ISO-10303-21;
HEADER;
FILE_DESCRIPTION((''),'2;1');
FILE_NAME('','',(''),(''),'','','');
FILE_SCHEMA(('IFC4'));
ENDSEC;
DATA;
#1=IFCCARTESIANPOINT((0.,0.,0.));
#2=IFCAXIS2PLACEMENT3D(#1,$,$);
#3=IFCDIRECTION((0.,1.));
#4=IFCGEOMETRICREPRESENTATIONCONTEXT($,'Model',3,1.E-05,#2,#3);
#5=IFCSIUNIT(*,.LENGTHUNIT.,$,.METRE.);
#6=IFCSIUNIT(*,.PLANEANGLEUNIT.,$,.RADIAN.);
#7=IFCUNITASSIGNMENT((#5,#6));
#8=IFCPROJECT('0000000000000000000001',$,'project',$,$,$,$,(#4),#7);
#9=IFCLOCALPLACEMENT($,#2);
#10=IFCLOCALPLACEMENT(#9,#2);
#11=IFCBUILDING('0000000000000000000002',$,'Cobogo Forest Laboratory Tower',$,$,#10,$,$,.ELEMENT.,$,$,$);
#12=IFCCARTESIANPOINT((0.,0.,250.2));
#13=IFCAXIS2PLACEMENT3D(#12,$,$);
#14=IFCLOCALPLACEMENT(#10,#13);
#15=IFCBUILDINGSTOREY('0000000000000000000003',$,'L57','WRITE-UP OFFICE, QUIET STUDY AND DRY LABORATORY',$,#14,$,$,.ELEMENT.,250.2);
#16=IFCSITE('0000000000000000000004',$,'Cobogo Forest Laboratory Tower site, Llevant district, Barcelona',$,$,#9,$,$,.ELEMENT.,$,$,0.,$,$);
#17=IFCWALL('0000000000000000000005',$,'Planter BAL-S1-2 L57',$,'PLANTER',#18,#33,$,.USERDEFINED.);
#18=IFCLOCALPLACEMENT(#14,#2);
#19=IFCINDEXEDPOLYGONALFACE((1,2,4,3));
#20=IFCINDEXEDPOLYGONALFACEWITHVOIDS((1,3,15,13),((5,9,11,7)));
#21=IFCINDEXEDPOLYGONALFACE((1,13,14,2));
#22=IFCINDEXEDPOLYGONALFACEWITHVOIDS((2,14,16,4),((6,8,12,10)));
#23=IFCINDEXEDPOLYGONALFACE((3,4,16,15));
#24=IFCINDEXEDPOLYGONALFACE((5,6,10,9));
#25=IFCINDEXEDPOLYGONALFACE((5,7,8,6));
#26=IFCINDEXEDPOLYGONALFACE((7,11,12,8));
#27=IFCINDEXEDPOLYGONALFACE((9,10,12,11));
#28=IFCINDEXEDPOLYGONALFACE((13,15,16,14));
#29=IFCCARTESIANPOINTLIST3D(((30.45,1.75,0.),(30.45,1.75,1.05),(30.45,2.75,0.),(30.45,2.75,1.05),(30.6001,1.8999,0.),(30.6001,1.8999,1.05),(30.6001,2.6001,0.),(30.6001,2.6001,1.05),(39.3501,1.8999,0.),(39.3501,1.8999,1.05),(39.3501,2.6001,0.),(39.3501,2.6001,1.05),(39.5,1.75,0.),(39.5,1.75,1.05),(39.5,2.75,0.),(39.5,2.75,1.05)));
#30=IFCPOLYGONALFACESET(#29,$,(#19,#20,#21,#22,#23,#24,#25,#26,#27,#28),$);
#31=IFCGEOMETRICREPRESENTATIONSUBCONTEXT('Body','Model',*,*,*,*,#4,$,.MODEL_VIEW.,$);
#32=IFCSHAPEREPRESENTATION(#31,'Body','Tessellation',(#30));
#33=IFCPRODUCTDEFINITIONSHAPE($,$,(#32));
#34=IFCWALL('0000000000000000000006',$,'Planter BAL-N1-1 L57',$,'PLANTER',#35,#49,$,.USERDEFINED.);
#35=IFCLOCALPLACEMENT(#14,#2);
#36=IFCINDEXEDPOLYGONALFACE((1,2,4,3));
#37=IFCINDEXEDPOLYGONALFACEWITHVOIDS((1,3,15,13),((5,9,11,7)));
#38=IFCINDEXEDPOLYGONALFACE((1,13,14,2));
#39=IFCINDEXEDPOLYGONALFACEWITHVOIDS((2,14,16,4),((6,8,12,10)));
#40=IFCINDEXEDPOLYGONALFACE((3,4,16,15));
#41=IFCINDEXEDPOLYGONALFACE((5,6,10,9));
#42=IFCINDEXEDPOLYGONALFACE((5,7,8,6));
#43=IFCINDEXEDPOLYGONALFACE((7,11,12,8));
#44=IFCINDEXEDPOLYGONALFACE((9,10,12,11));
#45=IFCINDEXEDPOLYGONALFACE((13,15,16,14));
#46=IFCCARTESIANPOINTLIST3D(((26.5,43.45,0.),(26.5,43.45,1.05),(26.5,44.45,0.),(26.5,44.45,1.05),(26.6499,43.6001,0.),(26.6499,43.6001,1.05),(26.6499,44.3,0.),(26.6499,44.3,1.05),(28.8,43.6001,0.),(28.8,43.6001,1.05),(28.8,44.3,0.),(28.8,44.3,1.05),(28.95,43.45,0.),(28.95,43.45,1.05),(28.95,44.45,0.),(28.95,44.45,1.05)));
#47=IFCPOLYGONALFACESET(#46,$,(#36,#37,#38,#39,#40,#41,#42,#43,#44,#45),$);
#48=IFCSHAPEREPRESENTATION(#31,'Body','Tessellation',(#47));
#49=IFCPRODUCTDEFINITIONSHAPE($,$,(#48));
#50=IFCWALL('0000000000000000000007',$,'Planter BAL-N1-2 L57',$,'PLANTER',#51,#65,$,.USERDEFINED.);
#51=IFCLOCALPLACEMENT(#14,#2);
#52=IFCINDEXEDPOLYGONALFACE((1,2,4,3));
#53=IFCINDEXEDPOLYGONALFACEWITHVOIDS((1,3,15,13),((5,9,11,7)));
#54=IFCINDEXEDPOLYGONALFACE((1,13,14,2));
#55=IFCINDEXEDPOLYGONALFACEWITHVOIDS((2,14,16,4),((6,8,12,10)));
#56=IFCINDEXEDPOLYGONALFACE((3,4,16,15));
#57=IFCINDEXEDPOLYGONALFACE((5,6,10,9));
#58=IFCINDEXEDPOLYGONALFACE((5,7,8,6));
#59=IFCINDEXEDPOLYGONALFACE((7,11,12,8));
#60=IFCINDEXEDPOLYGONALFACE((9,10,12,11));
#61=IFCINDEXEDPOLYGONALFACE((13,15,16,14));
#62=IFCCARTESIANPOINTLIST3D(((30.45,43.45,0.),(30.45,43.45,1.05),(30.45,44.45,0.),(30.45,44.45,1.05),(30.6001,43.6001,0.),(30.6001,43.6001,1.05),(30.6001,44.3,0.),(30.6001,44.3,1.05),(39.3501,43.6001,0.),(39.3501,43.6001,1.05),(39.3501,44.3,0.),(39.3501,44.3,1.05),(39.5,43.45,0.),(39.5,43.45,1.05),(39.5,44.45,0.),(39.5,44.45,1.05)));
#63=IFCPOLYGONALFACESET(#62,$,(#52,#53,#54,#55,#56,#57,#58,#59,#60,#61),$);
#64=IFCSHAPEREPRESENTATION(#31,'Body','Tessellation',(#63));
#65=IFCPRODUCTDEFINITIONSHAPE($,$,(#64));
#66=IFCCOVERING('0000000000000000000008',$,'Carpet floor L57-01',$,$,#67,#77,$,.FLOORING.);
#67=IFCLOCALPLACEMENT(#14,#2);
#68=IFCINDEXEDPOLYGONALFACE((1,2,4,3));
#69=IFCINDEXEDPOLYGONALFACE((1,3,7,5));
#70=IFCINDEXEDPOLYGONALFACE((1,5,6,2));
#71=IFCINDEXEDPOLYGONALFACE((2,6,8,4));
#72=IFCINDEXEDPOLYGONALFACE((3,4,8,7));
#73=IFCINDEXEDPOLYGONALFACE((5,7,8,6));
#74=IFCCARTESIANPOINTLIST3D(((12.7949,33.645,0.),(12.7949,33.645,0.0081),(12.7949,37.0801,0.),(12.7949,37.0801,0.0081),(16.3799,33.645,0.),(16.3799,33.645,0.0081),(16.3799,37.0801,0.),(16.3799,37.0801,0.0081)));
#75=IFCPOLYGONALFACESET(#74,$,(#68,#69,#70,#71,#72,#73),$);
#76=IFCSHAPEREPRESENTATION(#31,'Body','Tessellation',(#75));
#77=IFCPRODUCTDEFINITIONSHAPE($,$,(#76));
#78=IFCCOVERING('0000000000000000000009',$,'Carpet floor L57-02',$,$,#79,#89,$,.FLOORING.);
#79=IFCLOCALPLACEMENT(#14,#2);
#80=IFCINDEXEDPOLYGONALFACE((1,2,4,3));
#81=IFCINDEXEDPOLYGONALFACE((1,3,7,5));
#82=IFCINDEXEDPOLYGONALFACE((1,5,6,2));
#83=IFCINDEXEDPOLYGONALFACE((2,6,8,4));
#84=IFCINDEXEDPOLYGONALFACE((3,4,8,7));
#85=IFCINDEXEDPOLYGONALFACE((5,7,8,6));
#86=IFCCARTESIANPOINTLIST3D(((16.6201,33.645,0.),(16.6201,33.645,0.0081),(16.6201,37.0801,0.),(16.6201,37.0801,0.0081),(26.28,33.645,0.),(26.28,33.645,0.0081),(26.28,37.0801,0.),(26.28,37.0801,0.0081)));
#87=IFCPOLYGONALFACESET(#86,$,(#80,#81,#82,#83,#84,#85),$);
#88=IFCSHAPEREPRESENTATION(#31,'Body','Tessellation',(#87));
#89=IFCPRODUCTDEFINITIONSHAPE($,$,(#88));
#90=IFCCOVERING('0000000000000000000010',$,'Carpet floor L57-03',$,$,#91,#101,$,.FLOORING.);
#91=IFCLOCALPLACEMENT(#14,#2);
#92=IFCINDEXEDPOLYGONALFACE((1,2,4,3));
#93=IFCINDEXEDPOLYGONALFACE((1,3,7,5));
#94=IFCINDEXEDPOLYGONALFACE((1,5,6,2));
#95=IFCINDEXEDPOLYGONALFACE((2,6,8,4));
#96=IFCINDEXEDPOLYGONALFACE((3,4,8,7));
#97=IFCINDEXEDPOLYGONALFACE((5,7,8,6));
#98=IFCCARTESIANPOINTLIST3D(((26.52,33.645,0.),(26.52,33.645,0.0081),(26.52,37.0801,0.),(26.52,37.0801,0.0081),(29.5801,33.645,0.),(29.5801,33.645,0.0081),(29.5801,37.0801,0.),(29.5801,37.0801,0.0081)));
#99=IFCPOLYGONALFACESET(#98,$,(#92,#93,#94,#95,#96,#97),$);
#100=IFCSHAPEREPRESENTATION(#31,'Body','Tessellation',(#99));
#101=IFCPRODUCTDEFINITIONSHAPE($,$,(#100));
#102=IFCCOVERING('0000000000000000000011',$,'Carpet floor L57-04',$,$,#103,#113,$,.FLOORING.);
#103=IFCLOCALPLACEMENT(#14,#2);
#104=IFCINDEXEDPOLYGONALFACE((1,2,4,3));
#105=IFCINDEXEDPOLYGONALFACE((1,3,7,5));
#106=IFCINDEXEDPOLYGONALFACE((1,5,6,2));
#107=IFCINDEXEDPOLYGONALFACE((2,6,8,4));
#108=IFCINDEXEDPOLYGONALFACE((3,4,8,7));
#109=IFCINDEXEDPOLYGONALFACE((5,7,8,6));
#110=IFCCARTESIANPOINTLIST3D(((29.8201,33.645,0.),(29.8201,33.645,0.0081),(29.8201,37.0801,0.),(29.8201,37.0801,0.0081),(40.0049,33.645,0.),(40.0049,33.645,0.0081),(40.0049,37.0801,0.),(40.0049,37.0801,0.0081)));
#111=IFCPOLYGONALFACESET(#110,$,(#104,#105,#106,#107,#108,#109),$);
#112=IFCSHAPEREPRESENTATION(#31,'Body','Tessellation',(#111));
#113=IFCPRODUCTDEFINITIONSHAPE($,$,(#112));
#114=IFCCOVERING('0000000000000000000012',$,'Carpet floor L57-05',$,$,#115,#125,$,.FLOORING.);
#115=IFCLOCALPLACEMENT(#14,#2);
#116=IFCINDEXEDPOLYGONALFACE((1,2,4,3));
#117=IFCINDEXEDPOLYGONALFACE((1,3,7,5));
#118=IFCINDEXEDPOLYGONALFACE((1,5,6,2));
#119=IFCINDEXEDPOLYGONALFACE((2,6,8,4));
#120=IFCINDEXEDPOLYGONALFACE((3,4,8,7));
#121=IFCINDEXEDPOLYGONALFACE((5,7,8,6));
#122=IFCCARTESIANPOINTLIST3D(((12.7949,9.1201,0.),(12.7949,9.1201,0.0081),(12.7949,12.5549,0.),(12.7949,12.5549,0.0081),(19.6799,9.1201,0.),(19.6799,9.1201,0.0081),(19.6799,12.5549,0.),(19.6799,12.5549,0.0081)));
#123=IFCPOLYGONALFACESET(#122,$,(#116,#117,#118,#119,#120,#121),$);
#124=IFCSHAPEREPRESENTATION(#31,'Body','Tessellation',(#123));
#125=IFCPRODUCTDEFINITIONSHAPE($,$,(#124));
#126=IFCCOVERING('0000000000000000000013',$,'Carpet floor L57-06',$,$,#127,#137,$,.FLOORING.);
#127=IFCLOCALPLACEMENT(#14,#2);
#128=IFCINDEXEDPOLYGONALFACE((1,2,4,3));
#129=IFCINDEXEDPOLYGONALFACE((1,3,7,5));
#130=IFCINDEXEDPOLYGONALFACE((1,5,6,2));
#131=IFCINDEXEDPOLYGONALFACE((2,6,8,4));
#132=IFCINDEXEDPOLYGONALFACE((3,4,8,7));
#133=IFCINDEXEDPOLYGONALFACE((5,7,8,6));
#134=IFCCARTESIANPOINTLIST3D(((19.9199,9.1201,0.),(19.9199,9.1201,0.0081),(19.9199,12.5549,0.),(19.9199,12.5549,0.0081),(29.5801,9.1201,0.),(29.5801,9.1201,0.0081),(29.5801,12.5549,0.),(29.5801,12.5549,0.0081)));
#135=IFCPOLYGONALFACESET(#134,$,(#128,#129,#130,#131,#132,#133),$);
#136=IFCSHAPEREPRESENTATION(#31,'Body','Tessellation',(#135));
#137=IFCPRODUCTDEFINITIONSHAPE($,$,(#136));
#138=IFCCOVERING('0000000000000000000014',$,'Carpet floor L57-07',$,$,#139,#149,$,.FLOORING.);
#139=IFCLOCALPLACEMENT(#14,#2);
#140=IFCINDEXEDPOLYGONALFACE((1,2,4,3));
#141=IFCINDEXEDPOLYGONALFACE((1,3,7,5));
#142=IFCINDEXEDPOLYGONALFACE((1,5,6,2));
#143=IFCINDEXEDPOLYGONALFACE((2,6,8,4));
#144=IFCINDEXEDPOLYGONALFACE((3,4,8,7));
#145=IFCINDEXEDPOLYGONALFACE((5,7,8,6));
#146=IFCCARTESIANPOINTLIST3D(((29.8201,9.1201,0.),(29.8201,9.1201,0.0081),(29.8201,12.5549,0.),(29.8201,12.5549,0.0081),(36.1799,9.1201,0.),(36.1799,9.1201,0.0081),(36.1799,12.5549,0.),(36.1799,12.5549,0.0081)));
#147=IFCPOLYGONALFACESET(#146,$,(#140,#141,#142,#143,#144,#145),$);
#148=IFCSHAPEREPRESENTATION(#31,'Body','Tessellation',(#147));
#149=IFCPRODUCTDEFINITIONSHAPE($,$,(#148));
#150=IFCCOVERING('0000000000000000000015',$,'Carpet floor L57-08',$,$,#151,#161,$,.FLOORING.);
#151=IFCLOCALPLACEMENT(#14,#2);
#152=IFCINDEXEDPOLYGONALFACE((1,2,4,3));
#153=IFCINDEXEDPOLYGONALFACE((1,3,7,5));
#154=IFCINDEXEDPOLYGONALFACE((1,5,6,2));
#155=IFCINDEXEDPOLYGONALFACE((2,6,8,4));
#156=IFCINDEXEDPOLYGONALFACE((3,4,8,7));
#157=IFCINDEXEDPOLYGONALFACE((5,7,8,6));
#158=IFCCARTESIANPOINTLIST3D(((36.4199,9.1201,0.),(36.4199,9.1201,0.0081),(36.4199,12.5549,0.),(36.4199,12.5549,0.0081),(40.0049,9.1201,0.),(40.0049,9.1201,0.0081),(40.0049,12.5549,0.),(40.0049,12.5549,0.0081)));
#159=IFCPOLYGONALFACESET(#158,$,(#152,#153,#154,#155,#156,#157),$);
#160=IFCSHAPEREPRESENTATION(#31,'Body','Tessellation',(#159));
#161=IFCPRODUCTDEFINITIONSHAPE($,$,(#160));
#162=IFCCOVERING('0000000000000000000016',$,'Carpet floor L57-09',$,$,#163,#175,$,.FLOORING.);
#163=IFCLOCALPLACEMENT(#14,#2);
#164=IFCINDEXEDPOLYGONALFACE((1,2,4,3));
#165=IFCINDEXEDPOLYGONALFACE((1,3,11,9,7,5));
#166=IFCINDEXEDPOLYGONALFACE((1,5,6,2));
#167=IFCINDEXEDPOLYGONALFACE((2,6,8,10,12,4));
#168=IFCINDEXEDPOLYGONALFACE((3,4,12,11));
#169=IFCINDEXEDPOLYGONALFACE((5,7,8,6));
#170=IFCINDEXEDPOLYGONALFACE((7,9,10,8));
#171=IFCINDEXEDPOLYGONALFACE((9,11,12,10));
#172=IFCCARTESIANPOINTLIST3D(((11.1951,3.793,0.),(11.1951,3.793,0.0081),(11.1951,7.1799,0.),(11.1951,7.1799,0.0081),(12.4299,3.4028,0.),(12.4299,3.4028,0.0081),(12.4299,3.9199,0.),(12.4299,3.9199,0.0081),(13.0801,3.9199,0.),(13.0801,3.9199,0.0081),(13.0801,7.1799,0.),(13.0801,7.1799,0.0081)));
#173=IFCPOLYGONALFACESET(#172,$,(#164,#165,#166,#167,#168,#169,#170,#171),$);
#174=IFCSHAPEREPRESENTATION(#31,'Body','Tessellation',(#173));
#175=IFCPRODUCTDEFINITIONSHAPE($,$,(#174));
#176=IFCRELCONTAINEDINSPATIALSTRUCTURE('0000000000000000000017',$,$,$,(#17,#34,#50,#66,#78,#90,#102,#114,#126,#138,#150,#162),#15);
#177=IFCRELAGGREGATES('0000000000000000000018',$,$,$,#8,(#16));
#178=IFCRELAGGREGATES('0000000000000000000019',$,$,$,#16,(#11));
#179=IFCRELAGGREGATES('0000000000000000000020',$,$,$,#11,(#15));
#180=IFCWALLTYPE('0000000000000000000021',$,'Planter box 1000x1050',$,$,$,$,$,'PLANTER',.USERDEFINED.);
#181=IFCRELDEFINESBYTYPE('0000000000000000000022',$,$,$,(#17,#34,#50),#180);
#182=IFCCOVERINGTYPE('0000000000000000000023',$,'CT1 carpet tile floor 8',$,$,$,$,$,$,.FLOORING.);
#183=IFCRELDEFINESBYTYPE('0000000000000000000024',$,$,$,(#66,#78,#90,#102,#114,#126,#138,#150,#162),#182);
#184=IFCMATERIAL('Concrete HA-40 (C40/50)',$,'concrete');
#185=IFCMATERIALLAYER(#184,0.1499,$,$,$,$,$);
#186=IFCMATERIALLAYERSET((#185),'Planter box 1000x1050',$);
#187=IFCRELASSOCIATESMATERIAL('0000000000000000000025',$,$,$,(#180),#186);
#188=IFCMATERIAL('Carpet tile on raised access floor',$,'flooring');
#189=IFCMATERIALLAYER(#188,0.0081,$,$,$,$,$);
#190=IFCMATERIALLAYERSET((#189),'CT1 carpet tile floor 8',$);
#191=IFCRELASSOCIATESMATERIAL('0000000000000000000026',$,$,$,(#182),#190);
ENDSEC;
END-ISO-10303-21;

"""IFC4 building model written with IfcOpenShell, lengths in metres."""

from ifc_helpers import new_model, si_unit, direction, frame, origin, place, context, subcontext, project, spatial, polyline, outline, extrude, material, layer, layer_set, type_object, element, save


model = new_model("IFC4")

# Units and contexts
model_context = context("Model", 3, precision=1e-05, world=origin(), true_north=direction((0.0, 1.0)))
body_context = subcontext(model_context, "Body", "Model", "MODEL_VIEW")
ifc_project = project(units=[si_unit("LENGTHUNIT", "METRE"), si_unit("PLANEANGLEUNIT", "RADIAN")], contexts=[model_context])

# Site, building, storey
site_placement = place(None, origin())
site = spatial("IfcSite", under=ifc_project, at=site_placement, Name="Cobogo Forest Laboratory Tower site, Llevant district, Barcelona", CompositionType="ELEMENT", RefElevation=0.0)
building_placement = place(site_placement, origin())
building = spatial("IfcBuilding", under=site, at=building_placement, Name="Cobogo Forest Laboratory Tower", CompositionType="ELEMENT")
storey_placement = place(building_placement, frame((0.0, 0.0, 250.2)))
storey = spatial("IfcBuildingStorey", under=building, at=storey_placement, Name="L57", Description="WRITE-UP OFFICE, QUIET STUDY AND DRY LABORATORY", CompositionType="ELEMENT", Elevation=250.2)

# Shared definitions
ifc_material_1 = material(Name="Concrete HA-40 (C40/50)", Category="concrete")

# Walls
ifc_layer_1 = layer(ifc_material_1, 0.1499)
ifc_layer_set_1 = layer_set([ifc_layer_1], Name="Planter box 1000x1050")
wall_type = type_object("IfcWallType", Name="Planter box 1000x1050", ElementType="PLANTER", PredefinedType="USERDEFINED", material=ifc_layer_set_1)
wall_1_placement = place(storey_placement, origin())
element("IfcWall", 1, at=wall_1_placement, inside=storey, type_object=wall_type, Name="Planter BAL-S1-2 L57", ObjectType="PLANTER", PredefinedType="USERDEFINED", context=body_context, shape_type="SweptSolid", body=[
    extrude(outline(polyline([(30.45, 1.75), (39.5, 1.75), (39.5, 2.75), (30.45, 2.75), (30.45, 1.75)]), holes=[polyline([(30.6001, 1.8999), (39.3501, 1.8999), (39.3501, 2.6001), (30.6001, 2.6001), (30.6001, 1.8999)])]), origin(), (0.0, 0.0, 1.0), 1.05),
])
wall_2_placement = place(storey_placement, origin())
element("IfcWall", 2, at=wall_2_placement, inside=storey, type_object=wall_type, Name="Planter BAL-N1-1 L57", ObjectType="PLANTER", PredefinedType="USERDEFINED", context=body_context, shape_type="SweptSolid", body=[
    extrude(outline(polyline([(26.5, 43.45), (28.95, 43.45), (28.95, 44.45), (26.5, 44.45), (26.5, 43.45)]), holes=[polyline([(26.6499, 43.6001), (28.8, 43.6001), (28.8, 44.3), (26.6499, 44.3), (26.6499, 43.6001)])]), origin(), (0.0, 0.0, 1.0), 1.05),
])
wall_3_placement = place(storey_placement, origin())
element("IfcWall", 3, at=wall_3_placement, inside=storey, type_object=wall_type, Name="Planter BAL-N1-2 L57", ObjectType="PLANTER", PredefinedType="USERDEFINED", context=body_context, shape_type="SweptSolid", body=[
    extrude(outline(polyline([(30.45, 43.45), (39.5, 43.45), (39.5, 44.45), (30.45, 44.45), (30.45, 43.45)]), holes=[polyline([(30.6001, 43.6001), (39.3501, 43.6001), (39.3501, 44.3), (30.6001, 44.3), (30.6001, 43.6001)])]), origin(), (0.0, 0.0, 1.0), 1.05),
])

# Coverings
ifc_material_2 = material(Name="Carpet tile on raised access floor", Category="flooring")
ifc_layer_2 = layer(ifc_material_2, 0.0081)
ifc_layer_set_2 = layer_set([ifc_layer_2], Name="CT1 carpet tile floor 8")
covering_type_1 = type_object("IfcCoveringType", Name="CT1 carpet tile floor 8", PredefinedType="FLOORING", material=ifc_layer_set_2)
covering_1_placement = place(storey_placement, origin())
element("IfcCovering", 4, at=covering_1_placement, inside=storey, type_object=covering_type_1, Name="Carpet floor L57-01", PredefinedType="FLOORING", context=body_context, shape_type="SweptSolid", body=[
    extrude(outline(polyline([(16.3799, 33.645), (12.7949, 33.645), (12.7949, 37.0801), (16.3799, 37.0801), (16.3799, 33.645)])), origin(), (0.0, 0.0, 1.0), 0.0081),
])
covering_2_placement = place(storey_placement, origin())
element("IfcCovering", 5, at=covering_2_placement, inside=storey, type_object=covering_type_1, Name="Carpet floor L57-02", PredefinedType="FLOORING", context=body_context, shape_type="SweptSolid", body=[
    extrude(outline(polyline([(26.28, 33.645), (16.6201, 33.645), (16.6201, 37.0801), (26.28, 37.0801), (26.28, 33.645)])), origin(), (0.0, 0.0, 1.0), 0.0081),
])
covering_3_placement = place(storey_placement, origin())
element("IfcCovering", 6, at=covering_3_placement, inside=storey, type_object=covering_type_1, Name="Carpet floor L57-03", PredefinedType="FLOORING", context=body_context, shape_type="SweptSolid", body=[
    extrude(outline(polyline([(29.5801, 33.645), (26.52, 33.645), (26.52, 37.0801), (29.5801, 37.0801), (29.5801, 33.645)])), origin(), (0.0, 0.0, 1.0), 0.0081),
])
covering_4_placement = place(storey_placement, origin())
element("IfcCovering", 7, at=covering_4_placement, inside=storey, type_object=covering_type_1, Name="Carpet floor L57-04", PredefinedType="FLOORING", context=body_context, shape_type="SweptSolid", body=[
    extrude(outline(polyline([(40.0049, 33.645), (29.8201, 33.645), (29.8201, 37.0801), (40.0049, 37.0801), (40.0049, 33.645)])), origin(), (0.0, 0.0, 1.0), 0.0081),
])
covering_5_placement = place(storey_placement, origin())
element("IfcCovering", 8, at=covering_5_placement, inside=storey, type_object=covering_type_1, Name="Carpet floor L57-05", PredefinedType="FLOORING", context=body_context, shape_type="SweptSolid", body=[
    extrude(outline(polyline([(19.6799, 9.1201), (12.7949, 9.1201), (12.7949, 12.5549), (19.6799, 12.5549), (19.6799, 9.1201)])), origin(), (0.0, 0.0, 1.0), 0.0081),
])
covering_6_placement = place(storey_placement, origin())
element("IfcCovering", 9, at=covering_6_placement, inside=storey, type_object=covering_type_1, Name="Carpet floor L57-06", PredefinedType="FLOORING", context=body_context, shape_type="SweptSolid", body=[
    extrude(outline(polyline([(29.5801, 9.1201), (19.9199, 9.1201), (19.9199, 12.5549), (29.5801, 12.5549), (29.5801, 9.1201)])), origin(), (0.0, 0.0, 1.0), 0.0081),
])
covering_7_placement = place(storey_placement, origin())
element("IfcCovering", 10, at=covering_7_placement, inside=storey, type_object=covering_type_1, Name="Carpet floor L57-07", PredefinedType="FLOORING", context=body_context, shape_type="SweptSolid", body=[
    extrude(outline(polyline([(36.1799, 9.1201), (29.8201, 9.1201), (29.8201, 12.5549), (36.1799, 12.5549), (36.1799, 9.1201)])), origin(), (0.0, 0.0, 1.0), 0.0081),
])
covering_8_placement = place(storey_placement, origin())
element("IfcCovering", 11, at=covering_8_placement, inside=storey, type_object=covering_type_1, Name="Carpet floor L57-08", PredefinedType="FLOORING", context=body_context, shape_type="SweptSolid", body=[
    extrude(outline(polyline([(40.0049, 9.1201), (36.4199, 9.1201), (36.4199, 12.5549), (40.0049, 12.5549), (40.0049, 9.1201)])), origin(), (0.0, 0.0, 1.0), 0.0081),
])
covering_9_placement = place(storey_placement, origin())
element("IfcCovering", 12, at=covering_9_placement, inside=storey, type_object=covering_type_1, Name="Carpet floor L57-09", PredefinedType="FLOORING", context=body_context, shape_type="SweptSolid", body=[
    extrude(outline(polyline([(13.0801, 7.1799), (13.0801, 3.9199), (12.4299, 3.9199), (12.4299, 3.4028), (11.1951, 3.793), (11.1951, 7.1799), (13.0801, 7.1799)])), origin(), (0.0, 0.0, 1.0), 0.0081),
])

save(model, "model.ifc")
